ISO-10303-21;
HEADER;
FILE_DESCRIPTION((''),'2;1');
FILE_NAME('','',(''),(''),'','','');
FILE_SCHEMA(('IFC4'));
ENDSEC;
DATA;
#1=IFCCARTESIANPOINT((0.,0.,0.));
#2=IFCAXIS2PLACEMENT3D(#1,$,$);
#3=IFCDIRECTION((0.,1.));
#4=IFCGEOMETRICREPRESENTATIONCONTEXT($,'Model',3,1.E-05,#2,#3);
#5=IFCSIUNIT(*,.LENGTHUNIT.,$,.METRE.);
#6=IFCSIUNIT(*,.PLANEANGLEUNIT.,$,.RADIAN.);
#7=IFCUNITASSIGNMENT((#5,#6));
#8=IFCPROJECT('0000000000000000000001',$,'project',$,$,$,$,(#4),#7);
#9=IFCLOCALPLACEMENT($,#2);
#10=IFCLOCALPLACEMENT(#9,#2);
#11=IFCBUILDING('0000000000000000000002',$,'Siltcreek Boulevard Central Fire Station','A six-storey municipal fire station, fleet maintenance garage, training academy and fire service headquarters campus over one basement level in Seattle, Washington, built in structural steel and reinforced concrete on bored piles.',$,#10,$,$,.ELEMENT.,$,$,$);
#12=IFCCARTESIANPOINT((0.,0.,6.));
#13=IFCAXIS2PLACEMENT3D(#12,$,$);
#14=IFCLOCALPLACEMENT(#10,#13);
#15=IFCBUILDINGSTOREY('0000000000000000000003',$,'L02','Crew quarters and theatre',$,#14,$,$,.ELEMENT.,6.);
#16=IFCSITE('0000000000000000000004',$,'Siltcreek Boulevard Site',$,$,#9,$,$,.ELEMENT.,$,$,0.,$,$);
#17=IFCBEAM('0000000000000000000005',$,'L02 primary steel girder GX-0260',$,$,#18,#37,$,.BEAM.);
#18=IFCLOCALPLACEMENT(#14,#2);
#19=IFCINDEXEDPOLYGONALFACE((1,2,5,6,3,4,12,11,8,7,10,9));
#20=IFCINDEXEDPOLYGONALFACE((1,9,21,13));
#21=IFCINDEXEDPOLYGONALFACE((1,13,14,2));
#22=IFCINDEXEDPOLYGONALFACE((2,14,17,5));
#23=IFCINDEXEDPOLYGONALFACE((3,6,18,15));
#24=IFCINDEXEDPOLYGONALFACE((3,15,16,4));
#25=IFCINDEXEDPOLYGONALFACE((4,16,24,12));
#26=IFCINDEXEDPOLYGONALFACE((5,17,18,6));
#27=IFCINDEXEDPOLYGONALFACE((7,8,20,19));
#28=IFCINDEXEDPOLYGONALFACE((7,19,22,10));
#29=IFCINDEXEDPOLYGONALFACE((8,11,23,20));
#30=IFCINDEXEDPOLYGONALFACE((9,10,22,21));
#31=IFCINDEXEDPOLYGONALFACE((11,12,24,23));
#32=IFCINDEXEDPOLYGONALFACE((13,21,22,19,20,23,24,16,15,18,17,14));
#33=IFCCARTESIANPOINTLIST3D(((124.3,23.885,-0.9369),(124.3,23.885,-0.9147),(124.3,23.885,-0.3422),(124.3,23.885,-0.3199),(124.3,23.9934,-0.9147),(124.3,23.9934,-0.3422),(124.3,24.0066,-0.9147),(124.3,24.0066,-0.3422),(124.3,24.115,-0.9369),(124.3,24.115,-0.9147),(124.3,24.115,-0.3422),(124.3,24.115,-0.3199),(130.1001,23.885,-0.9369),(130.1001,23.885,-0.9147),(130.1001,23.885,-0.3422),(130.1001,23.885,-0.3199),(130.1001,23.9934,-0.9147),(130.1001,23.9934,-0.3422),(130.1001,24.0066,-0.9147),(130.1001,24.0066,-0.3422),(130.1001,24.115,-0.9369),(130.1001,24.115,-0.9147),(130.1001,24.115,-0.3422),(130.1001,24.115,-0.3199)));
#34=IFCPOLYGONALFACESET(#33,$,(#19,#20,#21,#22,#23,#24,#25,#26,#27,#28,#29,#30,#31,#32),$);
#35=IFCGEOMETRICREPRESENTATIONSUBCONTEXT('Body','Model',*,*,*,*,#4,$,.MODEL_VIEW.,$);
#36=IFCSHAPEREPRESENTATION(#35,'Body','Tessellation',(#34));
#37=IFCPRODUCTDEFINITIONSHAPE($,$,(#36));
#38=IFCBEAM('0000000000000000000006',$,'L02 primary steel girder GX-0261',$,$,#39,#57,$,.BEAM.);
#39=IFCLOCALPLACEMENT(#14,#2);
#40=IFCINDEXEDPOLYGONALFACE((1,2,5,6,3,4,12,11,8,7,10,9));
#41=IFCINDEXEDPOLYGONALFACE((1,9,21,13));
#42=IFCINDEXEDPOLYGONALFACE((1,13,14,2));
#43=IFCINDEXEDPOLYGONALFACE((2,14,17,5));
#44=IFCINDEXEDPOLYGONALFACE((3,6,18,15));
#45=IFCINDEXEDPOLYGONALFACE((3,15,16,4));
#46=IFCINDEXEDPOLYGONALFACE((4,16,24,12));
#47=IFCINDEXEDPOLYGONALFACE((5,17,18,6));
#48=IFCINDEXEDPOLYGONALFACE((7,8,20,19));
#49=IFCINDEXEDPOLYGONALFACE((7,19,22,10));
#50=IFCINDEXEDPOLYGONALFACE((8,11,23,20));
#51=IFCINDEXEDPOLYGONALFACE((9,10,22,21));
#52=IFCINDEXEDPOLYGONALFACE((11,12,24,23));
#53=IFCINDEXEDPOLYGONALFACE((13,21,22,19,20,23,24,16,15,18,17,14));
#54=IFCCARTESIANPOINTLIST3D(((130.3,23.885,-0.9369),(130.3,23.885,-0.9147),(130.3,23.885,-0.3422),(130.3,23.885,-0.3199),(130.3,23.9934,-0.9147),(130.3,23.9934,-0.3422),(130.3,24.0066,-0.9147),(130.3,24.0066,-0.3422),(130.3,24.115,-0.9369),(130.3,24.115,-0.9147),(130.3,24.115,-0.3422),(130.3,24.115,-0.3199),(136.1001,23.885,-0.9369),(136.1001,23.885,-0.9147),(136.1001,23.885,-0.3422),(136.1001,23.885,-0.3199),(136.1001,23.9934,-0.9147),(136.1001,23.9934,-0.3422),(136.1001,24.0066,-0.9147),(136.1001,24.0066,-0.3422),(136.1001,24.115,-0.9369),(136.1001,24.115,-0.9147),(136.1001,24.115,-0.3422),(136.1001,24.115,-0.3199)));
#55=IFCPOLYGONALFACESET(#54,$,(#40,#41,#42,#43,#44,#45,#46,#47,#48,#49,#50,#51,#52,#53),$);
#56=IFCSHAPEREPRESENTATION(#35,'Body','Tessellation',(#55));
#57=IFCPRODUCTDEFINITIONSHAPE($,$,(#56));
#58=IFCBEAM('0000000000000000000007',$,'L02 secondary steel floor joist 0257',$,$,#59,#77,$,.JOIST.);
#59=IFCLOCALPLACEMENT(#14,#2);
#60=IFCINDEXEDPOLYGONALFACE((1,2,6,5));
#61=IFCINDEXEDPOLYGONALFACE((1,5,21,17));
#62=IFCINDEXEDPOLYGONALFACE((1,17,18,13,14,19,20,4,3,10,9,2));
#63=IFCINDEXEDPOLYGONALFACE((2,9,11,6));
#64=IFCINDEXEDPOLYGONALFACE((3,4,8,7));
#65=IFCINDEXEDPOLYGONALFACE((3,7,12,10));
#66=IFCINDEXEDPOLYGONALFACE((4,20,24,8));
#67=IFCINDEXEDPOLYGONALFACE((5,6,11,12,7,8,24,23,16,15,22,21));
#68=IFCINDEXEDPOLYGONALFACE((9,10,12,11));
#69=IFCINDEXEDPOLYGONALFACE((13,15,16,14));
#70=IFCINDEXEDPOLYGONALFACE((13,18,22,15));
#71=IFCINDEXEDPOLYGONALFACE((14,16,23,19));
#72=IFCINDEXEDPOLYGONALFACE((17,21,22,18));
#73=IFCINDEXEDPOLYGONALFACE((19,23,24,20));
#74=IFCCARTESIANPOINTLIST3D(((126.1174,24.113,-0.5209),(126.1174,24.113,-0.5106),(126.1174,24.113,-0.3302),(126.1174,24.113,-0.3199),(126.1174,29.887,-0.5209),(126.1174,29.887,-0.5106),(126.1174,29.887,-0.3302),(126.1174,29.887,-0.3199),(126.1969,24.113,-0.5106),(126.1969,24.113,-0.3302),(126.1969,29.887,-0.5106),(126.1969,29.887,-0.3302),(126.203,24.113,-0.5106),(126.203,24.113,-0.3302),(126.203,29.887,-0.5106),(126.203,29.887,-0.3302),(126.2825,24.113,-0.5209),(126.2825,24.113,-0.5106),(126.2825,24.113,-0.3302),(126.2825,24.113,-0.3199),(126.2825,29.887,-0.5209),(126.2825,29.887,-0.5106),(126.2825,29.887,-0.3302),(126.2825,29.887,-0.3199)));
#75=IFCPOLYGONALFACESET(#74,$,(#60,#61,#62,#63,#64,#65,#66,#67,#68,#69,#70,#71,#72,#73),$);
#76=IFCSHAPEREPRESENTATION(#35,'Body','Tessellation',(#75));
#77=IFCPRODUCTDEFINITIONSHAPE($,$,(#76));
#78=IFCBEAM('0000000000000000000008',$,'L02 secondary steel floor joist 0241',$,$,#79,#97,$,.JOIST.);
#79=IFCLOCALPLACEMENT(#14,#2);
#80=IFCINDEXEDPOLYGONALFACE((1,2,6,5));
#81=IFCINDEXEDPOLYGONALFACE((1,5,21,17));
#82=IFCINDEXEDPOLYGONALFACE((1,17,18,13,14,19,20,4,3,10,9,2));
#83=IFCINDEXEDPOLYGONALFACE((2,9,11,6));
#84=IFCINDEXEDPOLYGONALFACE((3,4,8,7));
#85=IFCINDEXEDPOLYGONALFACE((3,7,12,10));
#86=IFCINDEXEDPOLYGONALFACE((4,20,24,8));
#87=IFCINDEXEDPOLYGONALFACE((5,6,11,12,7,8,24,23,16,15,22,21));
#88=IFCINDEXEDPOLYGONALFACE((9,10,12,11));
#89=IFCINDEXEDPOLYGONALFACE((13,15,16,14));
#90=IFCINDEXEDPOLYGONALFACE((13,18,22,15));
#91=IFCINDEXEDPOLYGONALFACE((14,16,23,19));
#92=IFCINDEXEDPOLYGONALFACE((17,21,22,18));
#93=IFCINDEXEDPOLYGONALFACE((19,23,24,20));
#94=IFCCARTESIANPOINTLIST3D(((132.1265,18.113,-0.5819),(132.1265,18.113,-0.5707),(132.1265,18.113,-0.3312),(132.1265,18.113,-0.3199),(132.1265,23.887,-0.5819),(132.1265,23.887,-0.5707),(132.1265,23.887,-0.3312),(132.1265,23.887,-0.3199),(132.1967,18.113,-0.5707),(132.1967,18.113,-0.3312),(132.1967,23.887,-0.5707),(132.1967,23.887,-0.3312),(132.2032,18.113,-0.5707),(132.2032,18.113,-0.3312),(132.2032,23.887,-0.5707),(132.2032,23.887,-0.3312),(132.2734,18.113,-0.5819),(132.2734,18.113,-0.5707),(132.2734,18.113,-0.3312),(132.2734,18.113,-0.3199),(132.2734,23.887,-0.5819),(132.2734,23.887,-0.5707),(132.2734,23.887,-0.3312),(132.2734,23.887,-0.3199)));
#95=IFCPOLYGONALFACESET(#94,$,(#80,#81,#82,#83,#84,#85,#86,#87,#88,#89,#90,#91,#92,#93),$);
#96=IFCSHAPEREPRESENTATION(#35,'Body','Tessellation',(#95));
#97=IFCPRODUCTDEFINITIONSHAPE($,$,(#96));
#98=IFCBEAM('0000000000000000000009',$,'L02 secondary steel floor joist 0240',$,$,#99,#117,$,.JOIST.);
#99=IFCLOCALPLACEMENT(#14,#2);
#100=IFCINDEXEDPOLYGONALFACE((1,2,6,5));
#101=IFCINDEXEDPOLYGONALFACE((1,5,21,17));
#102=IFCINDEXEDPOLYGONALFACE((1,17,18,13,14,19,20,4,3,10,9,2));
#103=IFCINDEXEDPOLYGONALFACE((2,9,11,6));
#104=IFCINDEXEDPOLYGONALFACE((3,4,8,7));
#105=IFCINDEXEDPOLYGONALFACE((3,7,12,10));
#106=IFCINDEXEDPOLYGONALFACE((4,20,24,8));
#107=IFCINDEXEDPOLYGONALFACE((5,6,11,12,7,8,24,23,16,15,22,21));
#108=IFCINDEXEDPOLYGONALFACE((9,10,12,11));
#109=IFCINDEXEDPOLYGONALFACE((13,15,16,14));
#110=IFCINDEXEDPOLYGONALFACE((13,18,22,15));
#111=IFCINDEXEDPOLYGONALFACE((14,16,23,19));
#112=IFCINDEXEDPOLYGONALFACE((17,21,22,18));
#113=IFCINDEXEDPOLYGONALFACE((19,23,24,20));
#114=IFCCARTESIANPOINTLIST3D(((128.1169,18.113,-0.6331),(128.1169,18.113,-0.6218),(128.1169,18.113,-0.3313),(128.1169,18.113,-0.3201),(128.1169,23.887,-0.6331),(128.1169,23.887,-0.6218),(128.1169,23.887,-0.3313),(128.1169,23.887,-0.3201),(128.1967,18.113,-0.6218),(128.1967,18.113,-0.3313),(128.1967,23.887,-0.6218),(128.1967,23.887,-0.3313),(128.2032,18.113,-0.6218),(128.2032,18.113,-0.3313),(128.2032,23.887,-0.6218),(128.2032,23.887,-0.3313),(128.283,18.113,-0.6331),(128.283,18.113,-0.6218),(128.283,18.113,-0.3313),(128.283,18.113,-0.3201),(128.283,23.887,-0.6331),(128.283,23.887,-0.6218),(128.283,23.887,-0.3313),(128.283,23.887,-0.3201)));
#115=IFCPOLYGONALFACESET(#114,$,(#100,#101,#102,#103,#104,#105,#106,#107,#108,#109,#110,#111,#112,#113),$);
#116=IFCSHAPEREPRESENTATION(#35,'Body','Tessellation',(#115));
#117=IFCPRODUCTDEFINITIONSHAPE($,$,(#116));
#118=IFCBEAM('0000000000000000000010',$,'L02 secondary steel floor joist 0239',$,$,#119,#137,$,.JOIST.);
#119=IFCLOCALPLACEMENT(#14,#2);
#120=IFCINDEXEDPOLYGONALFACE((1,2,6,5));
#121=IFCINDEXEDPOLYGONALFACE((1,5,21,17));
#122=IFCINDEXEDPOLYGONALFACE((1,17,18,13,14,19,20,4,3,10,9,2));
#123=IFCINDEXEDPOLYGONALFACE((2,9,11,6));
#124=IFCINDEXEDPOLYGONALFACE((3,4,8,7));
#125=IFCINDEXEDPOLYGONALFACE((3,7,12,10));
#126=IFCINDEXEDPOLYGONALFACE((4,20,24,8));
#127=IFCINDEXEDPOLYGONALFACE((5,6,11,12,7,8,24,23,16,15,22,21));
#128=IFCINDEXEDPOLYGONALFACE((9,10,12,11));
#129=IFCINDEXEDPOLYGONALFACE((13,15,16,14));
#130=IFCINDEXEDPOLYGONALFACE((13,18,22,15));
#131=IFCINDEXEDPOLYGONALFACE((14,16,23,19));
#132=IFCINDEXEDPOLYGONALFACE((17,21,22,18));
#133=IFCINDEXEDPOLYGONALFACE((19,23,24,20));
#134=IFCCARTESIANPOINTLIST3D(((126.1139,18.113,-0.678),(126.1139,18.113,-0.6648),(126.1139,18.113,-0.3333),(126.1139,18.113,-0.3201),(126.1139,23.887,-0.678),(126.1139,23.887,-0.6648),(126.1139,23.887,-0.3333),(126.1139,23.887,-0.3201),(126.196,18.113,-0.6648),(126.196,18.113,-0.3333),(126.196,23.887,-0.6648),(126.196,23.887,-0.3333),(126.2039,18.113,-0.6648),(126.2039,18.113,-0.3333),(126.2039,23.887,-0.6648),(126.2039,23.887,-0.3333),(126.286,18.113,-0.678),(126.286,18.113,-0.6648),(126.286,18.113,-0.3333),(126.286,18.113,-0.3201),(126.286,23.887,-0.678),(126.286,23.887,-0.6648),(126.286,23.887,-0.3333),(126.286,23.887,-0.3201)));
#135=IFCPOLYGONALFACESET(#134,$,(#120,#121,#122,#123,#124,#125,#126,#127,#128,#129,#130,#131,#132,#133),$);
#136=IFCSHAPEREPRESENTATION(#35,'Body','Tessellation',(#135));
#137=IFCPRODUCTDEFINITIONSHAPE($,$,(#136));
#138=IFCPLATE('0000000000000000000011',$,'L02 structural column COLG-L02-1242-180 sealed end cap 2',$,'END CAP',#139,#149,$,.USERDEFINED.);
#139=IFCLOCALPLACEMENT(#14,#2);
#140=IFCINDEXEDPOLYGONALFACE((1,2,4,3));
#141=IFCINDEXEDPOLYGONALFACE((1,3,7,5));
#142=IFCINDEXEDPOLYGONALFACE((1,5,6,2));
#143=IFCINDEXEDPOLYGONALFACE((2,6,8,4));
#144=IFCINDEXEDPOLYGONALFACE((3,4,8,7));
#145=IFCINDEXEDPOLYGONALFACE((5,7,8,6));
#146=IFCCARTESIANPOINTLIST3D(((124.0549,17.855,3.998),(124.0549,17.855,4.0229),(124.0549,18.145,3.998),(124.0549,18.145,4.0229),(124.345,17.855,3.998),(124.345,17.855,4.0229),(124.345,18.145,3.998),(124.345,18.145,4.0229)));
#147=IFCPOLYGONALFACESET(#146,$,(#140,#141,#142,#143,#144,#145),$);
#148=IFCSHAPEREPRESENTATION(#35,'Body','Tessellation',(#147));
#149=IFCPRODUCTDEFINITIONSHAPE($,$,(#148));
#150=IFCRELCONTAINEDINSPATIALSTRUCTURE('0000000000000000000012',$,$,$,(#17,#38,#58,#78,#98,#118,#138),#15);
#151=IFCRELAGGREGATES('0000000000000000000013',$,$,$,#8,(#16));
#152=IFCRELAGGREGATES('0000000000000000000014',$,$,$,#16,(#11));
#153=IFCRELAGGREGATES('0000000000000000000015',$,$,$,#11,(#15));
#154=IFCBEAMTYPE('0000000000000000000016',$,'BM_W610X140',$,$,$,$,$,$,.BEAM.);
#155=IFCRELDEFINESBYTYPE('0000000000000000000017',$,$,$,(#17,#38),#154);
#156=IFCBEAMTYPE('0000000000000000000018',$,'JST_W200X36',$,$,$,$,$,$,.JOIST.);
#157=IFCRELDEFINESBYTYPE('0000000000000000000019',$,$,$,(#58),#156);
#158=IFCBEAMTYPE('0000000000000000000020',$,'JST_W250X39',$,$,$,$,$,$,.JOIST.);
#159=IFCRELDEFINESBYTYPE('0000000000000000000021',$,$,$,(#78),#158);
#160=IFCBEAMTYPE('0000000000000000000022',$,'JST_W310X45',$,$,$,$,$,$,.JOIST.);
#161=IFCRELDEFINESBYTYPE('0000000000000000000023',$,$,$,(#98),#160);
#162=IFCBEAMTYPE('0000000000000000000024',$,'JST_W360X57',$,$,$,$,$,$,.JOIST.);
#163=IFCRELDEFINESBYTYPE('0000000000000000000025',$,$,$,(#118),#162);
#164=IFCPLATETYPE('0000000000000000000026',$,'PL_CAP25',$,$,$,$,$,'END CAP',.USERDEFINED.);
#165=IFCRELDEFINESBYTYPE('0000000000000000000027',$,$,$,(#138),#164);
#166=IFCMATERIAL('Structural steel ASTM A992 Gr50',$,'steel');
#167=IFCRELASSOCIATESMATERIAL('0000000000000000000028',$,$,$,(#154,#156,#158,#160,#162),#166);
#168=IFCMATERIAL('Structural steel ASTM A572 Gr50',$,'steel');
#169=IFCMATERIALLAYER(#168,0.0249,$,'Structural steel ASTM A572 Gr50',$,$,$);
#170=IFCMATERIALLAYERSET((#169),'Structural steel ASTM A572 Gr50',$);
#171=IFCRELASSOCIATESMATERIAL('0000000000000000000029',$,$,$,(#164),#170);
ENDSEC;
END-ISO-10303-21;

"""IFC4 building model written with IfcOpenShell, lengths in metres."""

from ifc_helpers import new_model, si_unit, direction, frame, origin, origin_2d, place, context, subcontext, project, spatial, rectangle, i_section, extrude, material, layer, layer_set, material_profile, profile_set, type_object, element, save


model = new_model("IFC4")

# Units and contexts
model_context = context("Model", 3, precision=1e-05, world=origin(), true_north=direction((0.0, 1.0)))
body_context = subcontext(model_context, "Body", "Model", "MODEL_VIEW")
ifc_project = project(units=[si_unit("LENGTHUNIT", "METRE"), si_unit("PLANEANGLEUNIT", "RADIAN")], contexts=[model_context])

# Site, building, storey
site_placement = place(None, origin())
site = spatial("IfcSite", under=ifc_project, at=site_placement, Name="Siltcreek Boulevard Site", CompositionType="ELEMENT", RefElevation=0.0)
building_placement = place(site_placement, origin())
building = spatial("IfcBuilding", under=site, at=building_placement, Name="Siltcreek Boulevard Central Fire Station", Description="A six-storey municipal fire station, fleet maintenance garage, training academy and fire service headquarters campus over one basement level in Seattle, Washington, built in structural steel and reinforced concrete on bored piles.", CompositionType="ELEMENT")
storey_placement = place(building_placement, frame((0.0, 0.0, 6.0)))
storey = spatial("IfcBuildingStorey", under=building, at=storey_placement, Name="L02", Description="Crew quarters and theatre", CompositionType="ELEMENT", Elevation=6.0)

# Shared definitions
ifc_material_1 = material(Name="Structural steel ASTM A992 Gr50", Category="steel")

# Beams
ifc_material_profile_1 = material_profile(ifc_material_1, i_section(OverallWidth=0.23, OverallDepth=0.6169, WebThickness=0.0132, FlangeThickness=0.0222, at=origin_2d()), Name="W610X140")
ifc_profile_set_1 = profile_set([ifc_material_profile_1], Name="Structural steel ASTM A992 Gr50")
beam_type_1 = type_object("IfcBeamType", Name="BM_W610X140", PredefinedType="BEAM", material=ifc_profile_set_1)
for number, where, z_axis, x_axis, name in (
    (1, (124.3, 24.0, -0.6284), (1.0, 0.0, 0.0), (0.0, 1.0, 0.0), "L02 primary steel girder GX-0260"),
    (2, (130.3, 24.0, -0.6284), (1.0, 0.0, 0.0), (0.0, 1.0, 0.0), "L02 primary steel girder GX-0261"),
):
    element("IfcBeam", number, at=place(storey_placement, frame(where, z_axis=z_axis, x_axis=x_axis)), inside=storey, type_object=beam_type_1, Name=name, PredefinedType="BEAM", context=body_context, shape_type="SweptSolid", body=[
        extrude(i_section(OverallWidth=0.23, OverallDepth=0.6169, WebThickness=0.0132, FlangeThickness=0.0222, at=origin_2d()), origin(), (0.0, 0.0, 1.0), 5.8),
    ])
ifc_material_profile_2 = material_profile(ifc_material_1, i_section(OverallWidth=0.165, OverallDepth=0.2009, WebThickness=0.0061, FlangeThickness=0.0103, at=origin_2d()), Name="W200X36")
ifc_profile_set_2 = profile_set([ifc_material_profile_2], Name="Structural steel ASTM A992 Gr50")
beam_type_2 = type_object("IfcBeamType", Name="JST_W200X36", PredefinedType="JOIST", material=ifc_profile_set_2)
beam_1_placement = place(storey_placement, frame((126.2, 24.113, -0.4204), z_axis=(0.0, 1.0, 0.0), x_axis=(-1.0, 0.0, 0.0)))
element("IfcBeam", 3, at=beam_1_placement, inside=storey, type_object=beam_type_2, Name="L02 secondary steel floor joist 0257", PredefinedType="JOIST", context=body_context, shape_type="SweptSolid", body=[
    extrude(i_section(OverallWidth=0.165, OverallDepth=0.2009, WebThickness=0.0061, FlangeThickness=0.0103, at=origin_2d()), origin(), (0.0, 0.0, 1.0), 5.7739),
])
ifc_material_profile_3 = material_profile(ifc_material_1, i_section(OverallWidth=0.147, OverallDepth=0.262, WebThickness=0.0066, FlangeThickness=0.0112, at=origin_2d()), Name="W250X39")
ifc_profile_set_3 = profile_set([ifc_material_profile_3], Name="Structural steel ASTM A992 Gr50")
beam_type_3 = type_object("IfcBeamType", Name="JST_W250X39", PredefinedType="JOIST", material=ifc_profile_set_3)
beam_2_placement = place(storey_placement, frame((132.2, 18.113, -0.4509), z_axis=(0.0, 1.0, 0.0), x_axis=(-1.0, 0.0, 0.0)))
element("IfcBeam", 4, at=beam_2_placement, inside=storey, type_object=beam_type_3, Name="L02 secondary steel floor joist 0241", PredefinedType="JOIST", context=body_context, shape_type="SweptSolid", body=[
    extrude(i_section(OverallWidth=0.147, OverallDepth=0.262, WebThickness=0.0066, FlangeThickness=0.0112, at=origin_2d()), origin(), (0.0, 0.0, 1.0), 5.7739),
])
ifc_material_profile_4 = material_profile(ifc_material_1, i_section(OverallWidth=0.166, OverallDepth=0.313, WebThickness=0.0066, FlangeThickness=0.0112, at=origin_2d()), Name="W310X45")
ifc_profile_set_4 = profile_set([ifc_material_profile_4], Name="Structural steel ASTM A992 Gr50")
beam_type_4 = type_object("IfcBeamType", Name="JST_W310X45", PredefinedType="JOIST", material=ifc_profile_set_4)
beam_3_placement = place(storey_placement, frame((128.2, 18.113, -0.4766), z_axis=(0.0, 1.0, 0.0), x_axis=(-1.0, 0.0, 0.0)))
element("IfcBeam", 5, at=beam_3_placement, inside=storey, type_object=beam_type_4, Name="L02 secondary steel floor joist 0240", PredefinedType="JOIST", context=body_context, shape_type="SweptSolid", body=[
    extrude(i_section(OverallWidth=0.166, OverallDepth=0.313, WebThickness=0.0066, FlangeThickness=0.0112, at=origin_2d()), origin(), (0.0, 0.0, 1.0), 5.7739),
])
ifc_material_profile_5 = material_profile(ifc_material_1, i_section(OverallWidth=0.1721, OverallDepth=0.3579, WebThickness=0.0078, FlangeThickness=0.0132, at=origin_2d()), Name="W360X57")
ifc_profile_set_5 = profile_set([ifc_material_profile_5], Name="Structural steel ASTM A992 Gr50")
beam_type_5 = type_object("IfcBeamType", Name="JST_W360X57", PredefinedType="JOIST", material=ifc_profile_set_5)
beam_4_placement = place(storey_placement, frame((126.2, 18.113, -0.499), z_axis=(0.0, 1.0, 0.0), x_axis=(-1.0, 0.0, 0.0)))
element("IfcBeam", 6, at=beam_4_placement, inside=storey, type_object=beam_type_5, Name="L02 secondary steel floor joist 0239", PredefinedType="JOIST", context=body_context, shape_type="SweptSolid", body=[
    extrude(i_section(OverallWidth=0.1721, OverallDepth=0.3579, WebThickness=0.0078, FlangeThickness=0.0132, at=origin_2d()), origin(), (0.0, 0.0, 1.0), 5.7739),
])

# Plate
ifc_material_2 = material(Name="Structural steel ASTM A572 Gr50", Category="steel")
ifc_layer_1 = layer(ifc_material_2, 0.0249, Name="Structural steel ASTM A572 Gr50")
ifc_layer_set_1 = layer_set([ifc_layer_1], Name="Structural steel ASTM A572 Gr50")
plate_type = type_object("IfcPlateType", Name="PL_CAP25", ElementType="END CAP", PredefinedType="USERDEFINED", material=ifc_layer_set_1)
plate_placement = place(storey_placement, frame((124.2, 18.0, 3.998), z_axis=(0.0, 0.0, 1.0), x_axis=(1.0, 0.0, 0.0)))
element("IfcPlate", 7, at=plate_placement, inside=storey, type_object=plate_type, Name="L02 structural column COLG-L02-1242-180 sealed end cap 2", ObjectType="END CAP", PredefinedType="USERDEFINED", context=body_context, shape_type="SweptSolid", body=[
    extrude(rectangle(XDim=0.29, YDim=0.29, at=origin_2d()), origin(), (0.0, 0.0, 1.0), 0.0249),
])

save(model, "model.ifc")
